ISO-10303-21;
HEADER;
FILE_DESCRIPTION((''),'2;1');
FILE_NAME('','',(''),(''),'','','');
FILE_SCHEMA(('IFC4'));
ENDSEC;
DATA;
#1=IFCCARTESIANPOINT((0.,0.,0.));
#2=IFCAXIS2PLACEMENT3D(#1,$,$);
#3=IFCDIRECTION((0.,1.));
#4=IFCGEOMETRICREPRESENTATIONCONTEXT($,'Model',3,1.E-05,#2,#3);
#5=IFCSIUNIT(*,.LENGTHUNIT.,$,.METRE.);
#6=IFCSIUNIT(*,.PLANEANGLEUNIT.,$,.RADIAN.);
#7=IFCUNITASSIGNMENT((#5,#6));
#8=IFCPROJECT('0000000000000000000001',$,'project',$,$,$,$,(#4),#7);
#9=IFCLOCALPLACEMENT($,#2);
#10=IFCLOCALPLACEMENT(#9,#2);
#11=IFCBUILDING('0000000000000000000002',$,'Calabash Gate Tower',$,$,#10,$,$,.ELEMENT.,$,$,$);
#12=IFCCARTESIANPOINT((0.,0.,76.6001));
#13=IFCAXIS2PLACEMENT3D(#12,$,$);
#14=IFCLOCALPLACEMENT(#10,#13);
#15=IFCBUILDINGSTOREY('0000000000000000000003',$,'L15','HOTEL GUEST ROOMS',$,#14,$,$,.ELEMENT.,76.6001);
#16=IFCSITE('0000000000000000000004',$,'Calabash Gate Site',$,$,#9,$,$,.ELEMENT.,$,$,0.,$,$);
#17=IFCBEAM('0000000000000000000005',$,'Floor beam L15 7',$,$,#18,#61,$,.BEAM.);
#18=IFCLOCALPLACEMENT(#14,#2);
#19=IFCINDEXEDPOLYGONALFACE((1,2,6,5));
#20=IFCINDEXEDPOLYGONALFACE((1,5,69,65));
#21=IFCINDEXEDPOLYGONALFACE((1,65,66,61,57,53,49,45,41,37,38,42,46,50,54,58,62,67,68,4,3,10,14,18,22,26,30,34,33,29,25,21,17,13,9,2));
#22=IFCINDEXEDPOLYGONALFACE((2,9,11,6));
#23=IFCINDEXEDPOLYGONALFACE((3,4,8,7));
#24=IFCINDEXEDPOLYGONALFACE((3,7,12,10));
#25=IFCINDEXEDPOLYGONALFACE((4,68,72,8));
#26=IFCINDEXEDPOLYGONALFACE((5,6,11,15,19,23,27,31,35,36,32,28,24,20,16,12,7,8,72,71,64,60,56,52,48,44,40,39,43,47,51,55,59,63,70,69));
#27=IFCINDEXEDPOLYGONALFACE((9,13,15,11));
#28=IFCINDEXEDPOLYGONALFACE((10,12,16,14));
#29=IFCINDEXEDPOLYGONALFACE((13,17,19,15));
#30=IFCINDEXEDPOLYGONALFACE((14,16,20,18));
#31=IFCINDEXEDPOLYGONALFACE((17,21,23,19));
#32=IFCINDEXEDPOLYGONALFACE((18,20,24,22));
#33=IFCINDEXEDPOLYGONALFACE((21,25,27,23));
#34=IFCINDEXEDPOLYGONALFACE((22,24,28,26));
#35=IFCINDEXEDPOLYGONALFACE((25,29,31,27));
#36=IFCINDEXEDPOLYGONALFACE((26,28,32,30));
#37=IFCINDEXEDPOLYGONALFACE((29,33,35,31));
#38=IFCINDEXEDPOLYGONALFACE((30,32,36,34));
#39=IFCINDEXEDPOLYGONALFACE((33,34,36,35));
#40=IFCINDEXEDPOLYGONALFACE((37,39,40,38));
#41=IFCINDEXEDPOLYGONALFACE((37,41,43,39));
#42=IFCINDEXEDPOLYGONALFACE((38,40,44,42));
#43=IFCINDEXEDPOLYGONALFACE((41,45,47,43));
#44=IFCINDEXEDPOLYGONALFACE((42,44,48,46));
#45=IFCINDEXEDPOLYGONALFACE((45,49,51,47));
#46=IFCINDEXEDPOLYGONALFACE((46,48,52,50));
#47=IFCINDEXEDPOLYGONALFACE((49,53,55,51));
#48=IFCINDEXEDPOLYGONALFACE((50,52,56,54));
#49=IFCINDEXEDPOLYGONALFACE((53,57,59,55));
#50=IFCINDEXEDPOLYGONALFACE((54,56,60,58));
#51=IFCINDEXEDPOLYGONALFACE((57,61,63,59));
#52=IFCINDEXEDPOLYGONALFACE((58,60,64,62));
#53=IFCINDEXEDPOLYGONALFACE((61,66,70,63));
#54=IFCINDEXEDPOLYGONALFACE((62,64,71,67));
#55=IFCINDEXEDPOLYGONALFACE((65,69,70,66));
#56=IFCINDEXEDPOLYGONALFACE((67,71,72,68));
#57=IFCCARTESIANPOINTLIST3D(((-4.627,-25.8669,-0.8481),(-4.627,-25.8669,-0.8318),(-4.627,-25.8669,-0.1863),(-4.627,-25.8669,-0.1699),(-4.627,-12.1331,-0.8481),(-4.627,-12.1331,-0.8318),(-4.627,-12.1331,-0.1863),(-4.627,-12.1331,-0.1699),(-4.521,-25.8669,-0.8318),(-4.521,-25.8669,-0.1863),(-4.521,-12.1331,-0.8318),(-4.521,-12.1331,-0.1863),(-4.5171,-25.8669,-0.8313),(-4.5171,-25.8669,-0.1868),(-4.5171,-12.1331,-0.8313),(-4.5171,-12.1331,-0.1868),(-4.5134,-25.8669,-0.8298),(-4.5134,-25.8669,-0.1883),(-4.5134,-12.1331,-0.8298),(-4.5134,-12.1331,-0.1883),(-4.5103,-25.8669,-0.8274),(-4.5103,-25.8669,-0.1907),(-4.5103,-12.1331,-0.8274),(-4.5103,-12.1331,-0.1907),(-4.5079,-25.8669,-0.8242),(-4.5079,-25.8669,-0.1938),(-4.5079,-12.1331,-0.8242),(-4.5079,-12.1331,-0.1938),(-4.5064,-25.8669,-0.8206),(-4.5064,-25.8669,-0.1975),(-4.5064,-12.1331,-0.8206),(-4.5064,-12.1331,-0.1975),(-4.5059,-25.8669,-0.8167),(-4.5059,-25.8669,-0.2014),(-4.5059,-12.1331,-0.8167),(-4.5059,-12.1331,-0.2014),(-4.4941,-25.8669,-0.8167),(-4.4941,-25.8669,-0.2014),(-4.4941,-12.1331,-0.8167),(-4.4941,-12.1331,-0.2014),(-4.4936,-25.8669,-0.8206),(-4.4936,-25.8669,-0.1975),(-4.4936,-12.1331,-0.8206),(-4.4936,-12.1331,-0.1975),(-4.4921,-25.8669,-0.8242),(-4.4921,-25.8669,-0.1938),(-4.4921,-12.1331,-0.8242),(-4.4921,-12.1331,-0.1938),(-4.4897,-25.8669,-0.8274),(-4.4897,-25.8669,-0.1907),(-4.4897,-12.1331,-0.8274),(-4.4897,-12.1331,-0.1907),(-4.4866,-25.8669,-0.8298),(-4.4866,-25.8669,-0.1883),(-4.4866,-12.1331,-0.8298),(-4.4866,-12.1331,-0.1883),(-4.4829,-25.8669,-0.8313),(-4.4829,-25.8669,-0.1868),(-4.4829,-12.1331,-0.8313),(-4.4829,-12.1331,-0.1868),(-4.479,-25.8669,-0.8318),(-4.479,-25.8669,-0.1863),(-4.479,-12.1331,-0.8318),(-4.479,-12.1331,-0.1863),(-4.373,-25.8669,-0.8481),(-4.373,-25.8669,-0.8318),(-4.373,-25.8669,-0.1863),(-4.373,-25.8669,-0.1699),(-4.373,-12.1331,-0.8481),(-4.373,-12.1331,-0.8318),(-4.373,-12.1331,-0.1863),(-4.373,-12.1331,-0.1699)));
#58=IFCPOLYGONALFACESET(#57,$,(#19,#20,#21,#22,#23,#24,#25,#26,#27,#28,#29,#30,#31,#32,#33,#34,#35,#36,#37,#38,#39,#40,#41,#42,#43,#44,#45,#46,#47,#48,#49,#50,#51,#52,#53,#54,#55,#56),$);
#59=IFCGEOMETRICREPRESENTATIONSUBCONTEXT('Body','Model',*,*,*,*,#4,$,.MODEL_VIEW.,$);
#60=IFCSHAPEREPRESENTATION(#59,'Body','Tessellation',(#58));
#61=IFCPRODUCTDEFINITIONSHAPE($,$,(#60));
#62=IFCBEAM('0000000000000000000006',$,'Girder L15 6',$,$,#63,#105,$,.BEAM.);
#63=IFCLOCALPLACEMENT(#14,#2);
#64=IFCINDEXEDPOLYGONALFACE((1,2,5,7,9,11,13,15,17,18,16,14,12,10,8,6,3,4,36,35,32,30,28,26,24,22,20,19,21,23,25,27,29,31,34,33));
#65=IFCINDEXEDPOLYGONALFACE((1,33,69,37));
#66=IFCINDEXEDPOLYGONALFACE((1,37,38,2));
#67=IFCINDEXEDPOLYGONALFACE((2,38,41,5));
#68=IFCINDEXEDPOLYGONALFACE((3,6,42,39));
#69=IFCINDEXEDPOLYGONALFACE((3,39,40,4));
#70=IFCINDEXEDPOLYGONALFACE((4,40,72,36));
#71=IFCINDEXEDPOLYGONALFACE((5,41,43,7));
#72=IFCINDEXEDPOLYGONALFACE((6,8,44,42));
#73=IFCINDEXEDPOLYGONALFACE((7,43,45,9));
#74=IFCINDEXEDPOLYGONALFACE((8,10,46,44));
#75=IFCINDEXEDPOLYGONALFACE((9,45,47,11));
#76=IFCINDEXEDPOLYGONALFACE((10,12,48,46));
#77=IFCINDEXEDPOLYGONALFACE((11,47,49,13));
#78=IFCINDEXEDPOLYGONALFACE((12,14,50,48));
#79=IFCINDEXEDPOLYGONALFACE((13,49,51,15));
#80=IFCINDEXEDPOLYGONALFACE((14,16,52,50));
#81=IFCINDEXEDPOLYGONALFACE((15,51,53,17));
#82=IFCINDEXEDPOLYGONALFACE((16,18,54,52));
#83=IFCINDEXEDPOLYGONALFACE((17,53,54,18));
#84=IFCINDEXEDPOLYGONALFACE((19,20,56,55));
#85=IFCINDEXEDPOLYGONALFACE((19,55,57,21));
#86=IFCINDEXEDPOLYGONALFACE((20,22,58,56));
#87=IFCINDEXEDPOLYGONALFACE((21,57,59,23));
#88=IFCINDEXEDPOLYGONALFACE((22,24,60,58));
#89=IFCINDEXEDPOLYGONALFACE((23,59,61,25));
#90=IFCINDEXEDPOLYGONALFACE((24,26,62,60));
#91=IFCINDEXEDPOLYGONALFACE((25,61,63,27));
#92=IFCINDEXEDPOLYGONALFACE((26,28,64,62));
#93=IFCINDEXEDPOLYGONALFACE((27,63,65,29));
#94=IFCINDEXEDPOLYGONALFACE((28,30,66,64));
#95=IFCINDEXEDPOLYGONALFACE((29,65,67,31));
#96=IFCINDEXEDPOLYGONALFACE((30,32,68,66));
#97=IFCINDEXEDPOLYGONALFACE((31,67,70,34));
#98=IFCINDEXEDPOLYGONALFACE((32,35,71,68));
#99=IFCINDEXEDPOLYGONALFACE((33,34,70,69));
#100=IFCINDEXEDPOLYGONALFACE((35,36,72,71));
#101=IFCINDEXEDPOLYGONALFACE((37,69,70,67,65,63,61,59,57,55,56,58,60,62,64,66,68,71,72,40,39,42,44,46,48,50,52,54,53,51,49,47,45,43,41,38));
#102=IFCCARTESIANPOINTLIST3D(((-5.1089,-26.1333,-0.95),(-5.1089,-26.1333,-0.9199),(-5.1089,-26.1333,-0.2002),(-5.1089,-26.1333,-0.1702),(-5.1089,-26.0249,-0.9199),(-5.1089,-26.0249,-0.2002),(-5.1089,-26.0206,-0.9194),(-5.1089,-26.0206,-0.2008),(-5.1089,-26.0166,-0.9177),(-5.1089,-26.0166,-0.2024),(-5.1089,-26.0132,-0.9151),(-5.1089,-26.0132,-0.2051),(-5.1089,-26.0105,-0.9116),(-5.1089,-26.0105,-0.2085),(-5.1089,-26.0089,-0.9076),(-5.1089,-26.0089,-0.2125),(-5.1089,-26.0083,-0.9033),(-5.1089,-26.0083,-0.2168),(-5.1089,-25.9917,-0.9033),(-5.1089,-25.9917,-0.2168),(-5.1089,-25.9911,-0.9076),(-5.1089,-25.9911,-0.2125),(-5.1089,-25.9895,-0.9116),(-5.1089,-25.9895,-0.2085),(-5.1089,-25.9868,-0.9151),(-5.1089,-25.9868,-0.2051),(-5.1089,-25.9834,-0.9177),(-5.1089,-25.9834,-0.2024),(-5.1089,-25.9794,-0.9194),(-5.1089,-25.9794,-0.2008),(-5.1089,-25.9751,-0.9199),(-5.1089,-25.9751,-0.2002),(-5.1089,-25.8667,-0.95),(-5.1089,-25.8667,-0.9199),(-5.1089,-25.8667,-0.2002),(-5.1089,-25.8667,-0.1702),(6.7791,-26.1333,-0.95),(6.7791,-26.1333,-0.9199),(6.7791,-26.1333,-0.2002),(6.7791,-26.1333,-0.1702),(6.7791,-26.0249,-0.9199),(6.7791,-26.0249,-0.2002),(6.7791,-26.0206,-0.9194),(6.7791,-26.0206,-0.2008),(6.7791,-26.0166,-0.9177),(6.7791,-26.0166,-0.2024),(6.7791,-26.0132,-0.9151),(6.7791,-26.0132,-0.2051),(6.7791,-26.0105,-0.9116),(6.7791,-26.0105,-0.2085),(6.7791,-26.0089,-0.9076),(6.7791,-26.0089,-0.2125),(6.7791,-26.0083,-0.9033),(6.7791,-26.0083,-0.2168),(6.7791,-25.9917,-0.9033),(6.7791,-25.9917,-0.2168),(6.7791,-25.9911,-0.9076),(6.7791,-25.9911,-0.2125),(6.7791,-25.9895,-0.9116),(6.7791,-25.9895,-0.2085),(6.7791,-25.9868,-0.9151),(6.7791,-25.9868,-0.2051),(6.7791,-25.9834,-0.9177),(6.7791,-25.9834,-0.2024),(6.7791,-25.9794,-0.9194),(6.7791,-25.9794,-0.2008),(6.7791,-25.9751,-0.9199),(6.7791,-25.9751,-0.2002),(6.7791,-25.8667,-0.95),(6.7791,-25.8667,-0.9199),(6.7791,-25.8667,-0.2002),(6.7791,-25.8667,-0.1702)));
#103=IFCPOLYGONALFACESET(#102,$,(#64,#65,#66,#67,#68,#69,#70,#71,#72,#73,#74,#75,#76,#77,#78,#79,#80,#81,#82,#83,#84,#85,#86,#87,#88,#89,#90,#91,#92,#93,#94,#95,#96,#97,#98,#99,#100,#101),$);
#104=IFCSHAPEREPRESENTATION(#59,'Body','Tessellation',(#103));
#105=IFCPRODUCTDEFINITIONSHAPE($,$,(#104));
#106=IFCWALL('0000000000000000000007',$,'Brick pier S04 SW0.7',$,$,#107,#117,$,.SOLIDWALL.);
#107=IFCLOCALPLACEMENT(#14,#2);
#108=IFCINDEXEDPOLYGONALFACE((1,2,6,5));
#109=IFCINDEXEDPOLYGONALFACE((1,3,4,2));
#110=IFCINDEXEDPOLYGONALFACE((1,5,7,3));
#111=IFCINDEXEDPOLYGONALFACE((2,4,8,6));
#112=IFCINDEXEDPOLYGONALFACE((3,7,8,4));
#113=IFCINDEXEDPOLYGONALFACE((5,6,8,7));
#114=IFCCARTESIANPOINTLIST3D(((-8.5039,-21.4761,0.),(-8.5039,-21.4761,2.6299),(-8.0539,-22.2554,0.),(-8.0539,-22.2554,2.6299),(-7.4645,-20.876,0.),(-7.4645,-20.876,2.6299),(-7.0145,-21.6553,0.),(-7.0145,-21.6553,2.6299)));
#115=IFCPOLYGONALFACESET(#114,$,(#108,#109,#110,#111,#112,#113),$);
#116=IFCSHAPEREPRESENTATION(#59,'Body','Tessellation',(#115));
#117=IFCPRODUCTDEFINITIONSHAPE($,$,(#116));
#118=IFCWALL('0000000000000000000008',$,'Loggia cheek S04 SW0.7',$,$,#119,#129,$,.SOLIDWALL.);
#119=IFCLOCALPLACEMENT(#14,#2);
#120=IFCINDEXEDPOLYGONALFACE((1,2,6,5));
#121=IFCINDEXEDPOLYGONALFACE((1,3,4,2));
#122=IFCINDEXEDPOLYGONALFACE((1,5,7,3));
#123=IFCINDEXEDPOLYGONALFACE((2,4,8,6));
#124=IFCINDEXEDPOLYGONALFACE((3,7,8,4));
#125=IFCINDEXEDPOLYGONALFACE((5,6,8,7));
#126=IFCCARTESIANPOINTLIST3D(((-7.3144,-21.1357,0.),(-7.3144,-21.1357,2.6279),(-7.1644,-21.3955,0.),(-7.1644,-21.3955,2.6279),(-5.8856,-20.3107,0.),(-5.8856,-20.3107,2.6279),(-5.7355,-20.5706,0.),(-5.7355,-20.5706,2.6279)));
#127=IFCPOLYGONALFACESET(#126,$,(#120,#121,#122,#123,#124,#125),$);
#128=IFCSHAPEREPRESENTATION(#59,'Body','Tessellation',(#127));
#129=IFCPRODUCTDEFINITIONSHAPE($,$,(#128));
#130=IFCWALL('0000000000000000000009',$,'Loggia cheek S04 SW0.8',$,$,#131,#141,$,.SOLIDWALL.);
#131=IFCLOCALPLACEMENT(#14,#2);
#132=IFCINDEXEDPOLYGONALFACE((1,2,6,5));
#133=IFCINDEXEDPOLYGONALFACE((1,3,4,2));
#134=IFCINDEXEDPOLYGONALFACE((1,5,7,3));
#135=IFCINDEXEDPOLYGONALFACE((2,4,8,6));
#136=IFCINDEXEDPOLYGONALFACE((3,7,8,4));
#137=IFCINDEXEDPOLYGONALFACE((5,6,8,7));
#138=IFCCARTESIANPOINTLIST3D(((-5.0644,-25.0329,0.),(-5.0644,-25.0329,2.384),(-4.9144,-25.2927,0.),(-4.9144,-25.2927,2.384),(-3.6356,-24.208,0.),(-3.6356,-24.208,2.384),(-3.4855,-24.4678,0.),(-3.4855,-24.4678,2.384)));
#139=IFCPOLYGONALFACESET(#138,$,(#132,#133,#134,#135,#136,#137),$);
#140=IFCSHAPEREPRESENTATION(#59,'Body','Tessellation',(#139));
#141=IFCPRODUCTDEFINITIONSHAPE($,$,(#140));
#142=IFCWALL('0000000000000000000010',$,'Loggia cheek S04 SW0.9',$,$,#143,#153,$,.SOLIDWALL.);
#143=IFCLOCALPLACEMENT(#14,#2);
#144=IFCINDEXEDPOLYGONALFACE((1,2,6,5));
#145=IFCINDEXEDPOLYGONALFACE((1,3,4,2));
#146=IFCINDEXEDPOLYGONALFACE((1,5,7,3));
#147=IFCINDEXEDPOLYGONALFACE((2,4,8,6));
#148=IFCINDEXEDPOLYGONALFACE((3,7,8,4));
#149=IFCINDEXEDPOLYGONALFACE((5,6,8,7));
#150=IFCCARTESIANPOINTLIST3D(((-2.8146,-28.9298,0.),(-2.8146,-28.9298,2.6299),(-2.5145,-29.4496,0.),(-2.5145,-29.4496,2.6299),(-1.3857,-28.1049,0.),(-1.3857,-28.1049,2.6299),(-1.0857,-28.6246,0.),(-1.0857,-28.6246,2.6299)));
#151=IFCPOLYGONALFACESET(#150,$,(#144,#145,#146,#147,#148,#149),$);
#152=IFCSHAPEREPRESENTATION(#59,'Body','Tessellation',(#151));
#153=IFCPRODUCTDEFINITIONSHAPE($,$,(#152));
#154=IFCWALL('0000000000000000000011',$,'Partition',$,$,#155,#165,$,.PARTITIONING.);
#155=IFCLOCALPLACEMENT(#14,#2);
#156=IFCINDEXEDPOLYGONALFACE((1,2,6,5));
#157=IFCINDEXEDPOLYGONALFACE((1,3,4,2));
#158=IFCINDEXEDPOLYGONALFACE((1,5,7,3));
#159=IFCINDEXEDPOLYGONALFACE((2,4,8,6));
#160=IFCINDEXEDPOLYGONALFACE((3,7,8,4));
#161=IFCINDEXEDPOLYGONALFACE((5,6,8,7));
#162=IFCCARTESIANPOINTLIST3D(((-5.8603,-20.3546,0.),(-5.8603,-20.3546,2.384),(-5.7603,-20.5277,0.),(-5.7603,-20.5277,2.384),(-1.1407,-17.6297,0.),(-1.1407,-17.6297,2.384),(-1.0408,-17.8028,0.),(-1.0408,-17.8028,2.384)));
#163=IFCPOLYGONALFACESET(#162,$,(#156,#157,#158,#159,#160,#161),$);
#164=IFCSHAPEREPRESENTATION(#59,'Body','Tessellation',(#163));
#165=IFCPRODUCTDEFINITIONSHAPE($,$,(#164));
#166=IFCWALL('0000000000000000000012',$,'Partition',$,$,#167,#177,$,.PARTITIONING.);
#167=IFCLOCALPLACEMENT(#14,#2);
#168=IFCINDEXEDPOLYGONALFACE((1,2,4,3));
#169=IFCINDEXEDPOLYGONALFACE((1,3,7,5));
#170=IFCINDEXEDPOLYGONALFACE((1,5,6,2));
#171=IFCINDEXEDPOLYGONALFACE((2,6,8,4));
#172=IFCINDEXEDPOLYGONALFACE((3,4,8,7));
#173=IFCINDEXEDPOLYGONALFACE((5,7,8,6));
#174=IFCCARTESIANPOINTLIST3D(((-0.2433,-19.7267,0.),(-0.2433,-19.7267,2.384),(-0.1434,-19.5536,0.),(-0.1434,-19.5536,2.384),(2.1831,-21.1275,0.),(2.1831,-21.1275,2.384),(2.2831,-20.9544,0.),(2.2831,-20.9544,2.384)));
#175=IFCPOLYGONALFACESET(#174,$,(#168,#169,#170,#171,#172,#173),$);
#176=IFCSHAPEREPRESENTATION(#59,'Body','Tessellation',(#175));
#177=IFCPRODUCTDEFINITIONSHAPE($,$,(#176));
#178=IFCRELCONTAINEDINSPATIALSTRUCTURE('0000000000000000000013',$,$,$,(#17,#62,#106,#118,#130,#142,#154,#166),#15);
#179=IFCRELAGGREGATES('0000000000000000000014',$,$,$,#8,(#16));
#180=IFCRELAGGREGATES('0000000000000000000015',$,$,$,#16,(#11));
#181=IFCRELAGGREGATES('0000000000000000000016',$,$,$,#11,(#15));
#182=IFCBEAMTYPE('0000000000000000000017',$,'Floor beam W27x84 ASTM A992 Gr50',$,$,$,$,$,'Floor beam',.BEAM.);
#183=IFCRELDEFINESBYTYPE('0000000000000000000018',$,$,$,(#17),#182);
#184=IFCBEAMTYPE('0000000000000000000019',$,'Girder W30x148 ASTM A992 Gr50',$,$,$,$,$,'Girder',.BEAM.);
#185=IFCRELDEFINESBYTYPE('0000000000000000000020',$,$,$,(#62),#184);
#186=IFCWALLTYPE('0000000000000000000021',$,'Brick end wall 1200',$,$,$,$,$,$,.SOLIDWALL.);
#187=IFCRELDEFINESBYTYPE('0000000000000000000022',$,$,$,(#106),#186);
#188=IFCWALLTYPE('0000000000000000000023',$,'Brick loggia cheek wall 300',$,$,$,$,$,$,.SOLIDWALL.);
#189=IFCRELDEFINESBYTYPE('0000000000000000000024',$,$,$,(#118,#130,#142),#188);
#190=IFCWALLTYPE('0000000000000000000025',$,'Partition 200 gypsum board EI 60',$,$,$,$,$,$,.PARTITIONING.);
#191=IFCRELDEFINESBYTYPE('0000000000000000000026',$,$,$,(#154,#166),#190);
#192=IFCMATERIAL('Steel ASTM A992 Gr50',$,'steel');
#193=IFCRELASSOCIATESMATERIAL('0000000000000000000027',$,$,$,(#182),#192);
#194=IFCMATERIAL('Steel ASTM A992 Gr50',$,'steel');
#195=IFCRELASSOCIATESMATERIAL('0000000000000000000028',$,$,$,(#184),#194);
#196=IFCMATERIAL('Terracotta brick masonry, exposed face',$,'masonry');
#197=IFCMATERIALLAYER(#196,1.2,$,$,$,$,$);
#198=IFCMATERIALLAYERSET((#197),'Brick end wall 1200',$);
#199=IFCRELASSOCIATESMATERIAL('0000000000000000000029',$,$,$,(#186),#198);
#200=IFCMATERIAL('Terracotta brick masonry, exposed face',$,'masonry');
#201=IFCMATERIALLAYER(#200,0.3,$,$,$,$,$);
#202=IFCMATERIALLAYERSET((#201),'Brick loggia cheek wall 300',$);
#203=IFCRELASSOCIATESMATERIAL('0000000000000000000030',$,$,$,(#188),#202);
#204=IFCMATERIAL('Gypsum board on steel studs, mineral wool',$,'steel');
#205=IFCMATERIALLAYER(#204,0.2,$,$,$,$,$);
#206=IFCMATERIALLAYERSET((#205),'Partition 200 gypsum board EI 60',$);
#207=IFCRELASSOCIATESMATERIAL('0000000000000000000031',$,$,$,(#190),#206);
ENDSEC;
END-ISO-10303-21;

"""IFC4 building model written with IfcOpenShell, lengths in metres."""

from ifc_helpers import new_model, si_unit, direction, frame, frame_2d, origin, origin_2d, place, context, subcontext, project, spatial, rectangle, i_section, extrude, material, layer, layer_set, material_profile, profile_set, type_object, element, save


model = new_model("IFC4")

# Units and contexts
model_context = context("Model", 3, precision=1e-05, world=origin(), true_north=direction((0.0, 1.0)))
body_context = subcontext(model_context, "Body", "Model", "MODEL_VIEW")
ifc_project = project(units=[si_unit("LENGTHUNIT", "METRE"), si_unit("PLANEANGLEUNIT", "RADIAN")], contexts=[model_context])

# Site, building, storey
site_placement = place(None, origin())
site = spatial("IfcSite", under=ifc_project, at=site_placement, Name="Calabash Gate Site", CompositionType="ELEMENT", RefElevation=0.0)
building_placement = place(site_placement, origin())
building = spatial("IfcBuilding", under=site, at=building_placement, Name="Calabash Gate Tower", CompositionType="ELEMENT")
storey_placement = place(building_placement, frame((0.0, 0.0, 76.6001)))
storey = spatial("IfcBuildingStorey", under=building, at=storey_placement, Name="L15", Description="HOTEL GUEST ROOMS", CompositionType="ELEMENT", Elevation=76.6001)

# Beams
ifc_material_1 = material(Name="Steel ASTM A992 Gr50", Category="steel")
ifc_material_profile_1 = material_profile(ifc_material_1, i_section(OverallWidth=0.2539, OverallDepth=0.6782, WebThickness=0.0117, FlangeThickness=0.0164, FilletRadius=0.0151, at=origin_2d()))
ifc_profile_set_1 = profile_set([ifc_material_profile_1], Name="Steel ASTM A992 Gr50")
beam_type_1 = type_object("IfcBeamType", Name="Floor beam W27x84 ASTM A992 Gr50", ElementType="Floor beam", PredefinedType="BEAM", material=ifc_profile_set_1)
beam_1_placement = place(storey_placement, frame((-4.5, -25.8669, -0.509), z_axis=(0.0, 1.0, 0.0), x_axis=(-1.0, 0.0, 0.0)))
element("IfcBeam", 1, at=beam_1_placement, inside=storey, type_object=beam_type_1, Name="Floor beam L15 7", PredefinedType="BEAM", context=body_context, shape_type="SweptSolid", body=[
    extrude(i_section(OverallWidth=0.2539, OverallDepth=0.6782, WebThickness=0.0117, FlangeThickness=0.0164, FilletRadius=0.0151, at=origin_2d()), origin(), (0.0, 0.0, 1.0), 13.7339),
])
ifc_material_2 = material(Name="Steel ASTM A992 Gr50", Category="steel")
ifc_material_profile_2 = material_profile(ifc_material_2, i_section(OverallWidth=0.2666, OverallDepth=0.7798, WebThickness=0.0166, FlangeThickness=0.03, FilletRadius=0.0166, at=origin_2d()))
ifc_profile_set_2 = profile_set([ifc_material_profile_2], Name="Steel ASTM A992 Gr50")
beam_type_2 = type_object("IfcBeamType", Name="Girder W30x148 ASTM A992 Gr50", ElementType="Girder", PredefinedType="BEAM", material=ifc_profile_set_2)
beam_2_placement = place(storey_placement, frame((-5.1089, -26.0, -0.5601), z_axis=(1.0, 0.0, 0.0), x_axis=(0.0, 1.0, 0.0)))
element("IfcBeam", 2, at=beam_2_placement, inside=storey, type_object=beam_type_2, Name="Girder L15 6", PredefinedType="BEAM", context=body_context, shape_type="SweptSolid", body=[
    extrude(i_section(OverallWidth=0.2666, OverallDepth=0.7798, WebThickness=0.0166, FlangeThickness=0.03, FilletRadius=0.0166, at=origin_2d()), origin(), (0.0, 0.0, 1.0), 11.8879),
])

# Walls
ifc_material_3 = material(Name="Terracotta brick masonry, exposed face", Category="masonry")
ifc_layer_1 = layer(ifc_material_3, 1.2)
ifc_layer_set_1 = layer_set([ifc_layer_1], Name="Brick end wall 1200")
wall_type_1 = type_object("IfcWallType", Name="Brick end wall 1200", PredefinedType="SOLIDWALL", material=ifc_layer_set_1)
wall_1_placement = place(storey_placement, frame((-7.2395, -21.2656, 0.0), z_axis=(0.0, 0.0, 1.0), x_axis=(-0.866006, -0.500034, 0.0)))
element("IfcWall", 3, at=wall_1_placement, inside=storey, type_object=wall_type_1, Name="Brick pier S04 SW0.7", PredefinedType="SOLIDWALL", context=body_context, shape_type="SweptSolid", body=[
    extrude(rectangle(XDim=1.2002, YDim=0.8999, at=frame_2d((0.6001, 0.0))), origin(), (0.0, 0.0, 1.0), 2.6299),
])
ifc_material_4 = material(Name="Terracotta brick masonry, exposed face", Category="masonry")
ifc_layer_2 = layer(ifc_material_4, 0.3)
ifc_layer_set_2 = layer_set([ifc_layer_2], Name="Brick loggia cheek wall 300")
wall_type_2 = type_object("IfcWallType", Name="Brick loggia cheek wall 300", PredefinedType="SOLIDWALL", material=ifc_layer_set_2)
wall_2_placement = place(storey_placement, frame((-5.8105, -20.4407, 0.0), z_axis=(0.0, 0.0, 1.0), x_axis=(-0.86604, -0.499974, 0.0)))
element("IfcWall", 4, at=wall_2_placement, inside=storey, type_object=wall_type_2, Name="Loggia cheek S04 SW0.7", PredefinedType="SOLIDWALL", context=body_context, shape_type="SweptSolid", body=[
    extrude(rectangle(XDim=1.6499, YDim=0.3, at=frame_2d((0.825, 0.0))), origin(), (0.0, 0.0, 1.0), 2.6279),
])
wall_3_placement = place(storey_placement, frame((-3.5605, -24.3379, 0.0), z_axis=(0.0, 0.0, 1.0), x_axis=(-0.86604, -0.499974, 0.0)))
element("IfcWall", 5, at=wall_3_placement, inside=storey, type_object=wall_type_2, Name="Loggia cheek S04 SW0.8", PredefinedType="SOLIDWALL", context=body_context, shape_type="SweptSolid", body=[
    extrude(rectangle(XDim=1.6499, YDim=0.3, at=frame_2d((0.825, 0.0))), origin(), (0.0, 0.0, 1.0), 2.384),
])
wall_4_placement = place(storey_placement, frame((-2.6646, -29.1897, 0.0), z_axis=(0.0, 0.0, 1.0), x_axis=(0.86604, 0.499974, 0.0)))
element("IfcWall", 6, at=wall_4_placement, inside=storey, type_object=wall_type_2, Name="Loggia cheek S04 SW0.9", PredefinedType="SOLIDWALL", context=body_context, shape_type="SweptSolid", body=[
    extrude(rectangle(XDim=1.6499, YDim=0.6001, at=frame_2d((0.825, 0.0))), origin(), (0.0, 0.0, 1.0), 2.6299),
])
ifc_material_5 = material(Name="Gypsum board on steel studs, mineral wool", Category="steel")
ifc_layer_3 = layer(ifc_material_5, 0.2)
ifc_layer_set_3 = layer_set([ifc_layer_3], Name="Partition 200 gypsum board EI 60")
wall_type_3 = type_object("IfcWallType", Name="Partition 200 gypsum board EI 60", PredefinedType="PARTITIONING", material=ifc_layer_set_3)
wall_5_placement = place(storey_placement, frame((-5.8103, -20.4412, 0.0), z_axis=(0.0, 0.0, 1.0), x_axis=(0.866021, 0.500008, 0.0)))
element("IfcWall", 7, at=wall_5_placement, inside=storey, type_object=wall_type_3, Name="Partition", PredefinedType="PARTITIONING", context=body_context, shape_type="SweptSolid", body=[
    extrude(rectangle(XDim=5.4497, YDim=0.2, at=frame_2d((2.7249, 0.0))), origin(), (0.0, 0.0, 1.0), 2.384),
])
wall_6_placement = place(storey_placement, frame((-0.1934, -19.6401, 0.0), z_axis=(0.0, 0.0, 1.0), x_axis=(0.866036, -0.499981, 0.0)))
element("IfcWall", 8, at=wall_6_placement, inside=storey, type_object=wall_type_3, Name="Partition", PredefinedType="PARTITIONING", context=body_context, shape_type="SweptSolid", body=[
    extrude(rectangle(XDim=2.8018, YDim=0.2, at=frame_2d((1.4009, 0.0))), origin(), (0.0, 0.0, 1.0), 2.384),
])

save(model, "model.ifc")
